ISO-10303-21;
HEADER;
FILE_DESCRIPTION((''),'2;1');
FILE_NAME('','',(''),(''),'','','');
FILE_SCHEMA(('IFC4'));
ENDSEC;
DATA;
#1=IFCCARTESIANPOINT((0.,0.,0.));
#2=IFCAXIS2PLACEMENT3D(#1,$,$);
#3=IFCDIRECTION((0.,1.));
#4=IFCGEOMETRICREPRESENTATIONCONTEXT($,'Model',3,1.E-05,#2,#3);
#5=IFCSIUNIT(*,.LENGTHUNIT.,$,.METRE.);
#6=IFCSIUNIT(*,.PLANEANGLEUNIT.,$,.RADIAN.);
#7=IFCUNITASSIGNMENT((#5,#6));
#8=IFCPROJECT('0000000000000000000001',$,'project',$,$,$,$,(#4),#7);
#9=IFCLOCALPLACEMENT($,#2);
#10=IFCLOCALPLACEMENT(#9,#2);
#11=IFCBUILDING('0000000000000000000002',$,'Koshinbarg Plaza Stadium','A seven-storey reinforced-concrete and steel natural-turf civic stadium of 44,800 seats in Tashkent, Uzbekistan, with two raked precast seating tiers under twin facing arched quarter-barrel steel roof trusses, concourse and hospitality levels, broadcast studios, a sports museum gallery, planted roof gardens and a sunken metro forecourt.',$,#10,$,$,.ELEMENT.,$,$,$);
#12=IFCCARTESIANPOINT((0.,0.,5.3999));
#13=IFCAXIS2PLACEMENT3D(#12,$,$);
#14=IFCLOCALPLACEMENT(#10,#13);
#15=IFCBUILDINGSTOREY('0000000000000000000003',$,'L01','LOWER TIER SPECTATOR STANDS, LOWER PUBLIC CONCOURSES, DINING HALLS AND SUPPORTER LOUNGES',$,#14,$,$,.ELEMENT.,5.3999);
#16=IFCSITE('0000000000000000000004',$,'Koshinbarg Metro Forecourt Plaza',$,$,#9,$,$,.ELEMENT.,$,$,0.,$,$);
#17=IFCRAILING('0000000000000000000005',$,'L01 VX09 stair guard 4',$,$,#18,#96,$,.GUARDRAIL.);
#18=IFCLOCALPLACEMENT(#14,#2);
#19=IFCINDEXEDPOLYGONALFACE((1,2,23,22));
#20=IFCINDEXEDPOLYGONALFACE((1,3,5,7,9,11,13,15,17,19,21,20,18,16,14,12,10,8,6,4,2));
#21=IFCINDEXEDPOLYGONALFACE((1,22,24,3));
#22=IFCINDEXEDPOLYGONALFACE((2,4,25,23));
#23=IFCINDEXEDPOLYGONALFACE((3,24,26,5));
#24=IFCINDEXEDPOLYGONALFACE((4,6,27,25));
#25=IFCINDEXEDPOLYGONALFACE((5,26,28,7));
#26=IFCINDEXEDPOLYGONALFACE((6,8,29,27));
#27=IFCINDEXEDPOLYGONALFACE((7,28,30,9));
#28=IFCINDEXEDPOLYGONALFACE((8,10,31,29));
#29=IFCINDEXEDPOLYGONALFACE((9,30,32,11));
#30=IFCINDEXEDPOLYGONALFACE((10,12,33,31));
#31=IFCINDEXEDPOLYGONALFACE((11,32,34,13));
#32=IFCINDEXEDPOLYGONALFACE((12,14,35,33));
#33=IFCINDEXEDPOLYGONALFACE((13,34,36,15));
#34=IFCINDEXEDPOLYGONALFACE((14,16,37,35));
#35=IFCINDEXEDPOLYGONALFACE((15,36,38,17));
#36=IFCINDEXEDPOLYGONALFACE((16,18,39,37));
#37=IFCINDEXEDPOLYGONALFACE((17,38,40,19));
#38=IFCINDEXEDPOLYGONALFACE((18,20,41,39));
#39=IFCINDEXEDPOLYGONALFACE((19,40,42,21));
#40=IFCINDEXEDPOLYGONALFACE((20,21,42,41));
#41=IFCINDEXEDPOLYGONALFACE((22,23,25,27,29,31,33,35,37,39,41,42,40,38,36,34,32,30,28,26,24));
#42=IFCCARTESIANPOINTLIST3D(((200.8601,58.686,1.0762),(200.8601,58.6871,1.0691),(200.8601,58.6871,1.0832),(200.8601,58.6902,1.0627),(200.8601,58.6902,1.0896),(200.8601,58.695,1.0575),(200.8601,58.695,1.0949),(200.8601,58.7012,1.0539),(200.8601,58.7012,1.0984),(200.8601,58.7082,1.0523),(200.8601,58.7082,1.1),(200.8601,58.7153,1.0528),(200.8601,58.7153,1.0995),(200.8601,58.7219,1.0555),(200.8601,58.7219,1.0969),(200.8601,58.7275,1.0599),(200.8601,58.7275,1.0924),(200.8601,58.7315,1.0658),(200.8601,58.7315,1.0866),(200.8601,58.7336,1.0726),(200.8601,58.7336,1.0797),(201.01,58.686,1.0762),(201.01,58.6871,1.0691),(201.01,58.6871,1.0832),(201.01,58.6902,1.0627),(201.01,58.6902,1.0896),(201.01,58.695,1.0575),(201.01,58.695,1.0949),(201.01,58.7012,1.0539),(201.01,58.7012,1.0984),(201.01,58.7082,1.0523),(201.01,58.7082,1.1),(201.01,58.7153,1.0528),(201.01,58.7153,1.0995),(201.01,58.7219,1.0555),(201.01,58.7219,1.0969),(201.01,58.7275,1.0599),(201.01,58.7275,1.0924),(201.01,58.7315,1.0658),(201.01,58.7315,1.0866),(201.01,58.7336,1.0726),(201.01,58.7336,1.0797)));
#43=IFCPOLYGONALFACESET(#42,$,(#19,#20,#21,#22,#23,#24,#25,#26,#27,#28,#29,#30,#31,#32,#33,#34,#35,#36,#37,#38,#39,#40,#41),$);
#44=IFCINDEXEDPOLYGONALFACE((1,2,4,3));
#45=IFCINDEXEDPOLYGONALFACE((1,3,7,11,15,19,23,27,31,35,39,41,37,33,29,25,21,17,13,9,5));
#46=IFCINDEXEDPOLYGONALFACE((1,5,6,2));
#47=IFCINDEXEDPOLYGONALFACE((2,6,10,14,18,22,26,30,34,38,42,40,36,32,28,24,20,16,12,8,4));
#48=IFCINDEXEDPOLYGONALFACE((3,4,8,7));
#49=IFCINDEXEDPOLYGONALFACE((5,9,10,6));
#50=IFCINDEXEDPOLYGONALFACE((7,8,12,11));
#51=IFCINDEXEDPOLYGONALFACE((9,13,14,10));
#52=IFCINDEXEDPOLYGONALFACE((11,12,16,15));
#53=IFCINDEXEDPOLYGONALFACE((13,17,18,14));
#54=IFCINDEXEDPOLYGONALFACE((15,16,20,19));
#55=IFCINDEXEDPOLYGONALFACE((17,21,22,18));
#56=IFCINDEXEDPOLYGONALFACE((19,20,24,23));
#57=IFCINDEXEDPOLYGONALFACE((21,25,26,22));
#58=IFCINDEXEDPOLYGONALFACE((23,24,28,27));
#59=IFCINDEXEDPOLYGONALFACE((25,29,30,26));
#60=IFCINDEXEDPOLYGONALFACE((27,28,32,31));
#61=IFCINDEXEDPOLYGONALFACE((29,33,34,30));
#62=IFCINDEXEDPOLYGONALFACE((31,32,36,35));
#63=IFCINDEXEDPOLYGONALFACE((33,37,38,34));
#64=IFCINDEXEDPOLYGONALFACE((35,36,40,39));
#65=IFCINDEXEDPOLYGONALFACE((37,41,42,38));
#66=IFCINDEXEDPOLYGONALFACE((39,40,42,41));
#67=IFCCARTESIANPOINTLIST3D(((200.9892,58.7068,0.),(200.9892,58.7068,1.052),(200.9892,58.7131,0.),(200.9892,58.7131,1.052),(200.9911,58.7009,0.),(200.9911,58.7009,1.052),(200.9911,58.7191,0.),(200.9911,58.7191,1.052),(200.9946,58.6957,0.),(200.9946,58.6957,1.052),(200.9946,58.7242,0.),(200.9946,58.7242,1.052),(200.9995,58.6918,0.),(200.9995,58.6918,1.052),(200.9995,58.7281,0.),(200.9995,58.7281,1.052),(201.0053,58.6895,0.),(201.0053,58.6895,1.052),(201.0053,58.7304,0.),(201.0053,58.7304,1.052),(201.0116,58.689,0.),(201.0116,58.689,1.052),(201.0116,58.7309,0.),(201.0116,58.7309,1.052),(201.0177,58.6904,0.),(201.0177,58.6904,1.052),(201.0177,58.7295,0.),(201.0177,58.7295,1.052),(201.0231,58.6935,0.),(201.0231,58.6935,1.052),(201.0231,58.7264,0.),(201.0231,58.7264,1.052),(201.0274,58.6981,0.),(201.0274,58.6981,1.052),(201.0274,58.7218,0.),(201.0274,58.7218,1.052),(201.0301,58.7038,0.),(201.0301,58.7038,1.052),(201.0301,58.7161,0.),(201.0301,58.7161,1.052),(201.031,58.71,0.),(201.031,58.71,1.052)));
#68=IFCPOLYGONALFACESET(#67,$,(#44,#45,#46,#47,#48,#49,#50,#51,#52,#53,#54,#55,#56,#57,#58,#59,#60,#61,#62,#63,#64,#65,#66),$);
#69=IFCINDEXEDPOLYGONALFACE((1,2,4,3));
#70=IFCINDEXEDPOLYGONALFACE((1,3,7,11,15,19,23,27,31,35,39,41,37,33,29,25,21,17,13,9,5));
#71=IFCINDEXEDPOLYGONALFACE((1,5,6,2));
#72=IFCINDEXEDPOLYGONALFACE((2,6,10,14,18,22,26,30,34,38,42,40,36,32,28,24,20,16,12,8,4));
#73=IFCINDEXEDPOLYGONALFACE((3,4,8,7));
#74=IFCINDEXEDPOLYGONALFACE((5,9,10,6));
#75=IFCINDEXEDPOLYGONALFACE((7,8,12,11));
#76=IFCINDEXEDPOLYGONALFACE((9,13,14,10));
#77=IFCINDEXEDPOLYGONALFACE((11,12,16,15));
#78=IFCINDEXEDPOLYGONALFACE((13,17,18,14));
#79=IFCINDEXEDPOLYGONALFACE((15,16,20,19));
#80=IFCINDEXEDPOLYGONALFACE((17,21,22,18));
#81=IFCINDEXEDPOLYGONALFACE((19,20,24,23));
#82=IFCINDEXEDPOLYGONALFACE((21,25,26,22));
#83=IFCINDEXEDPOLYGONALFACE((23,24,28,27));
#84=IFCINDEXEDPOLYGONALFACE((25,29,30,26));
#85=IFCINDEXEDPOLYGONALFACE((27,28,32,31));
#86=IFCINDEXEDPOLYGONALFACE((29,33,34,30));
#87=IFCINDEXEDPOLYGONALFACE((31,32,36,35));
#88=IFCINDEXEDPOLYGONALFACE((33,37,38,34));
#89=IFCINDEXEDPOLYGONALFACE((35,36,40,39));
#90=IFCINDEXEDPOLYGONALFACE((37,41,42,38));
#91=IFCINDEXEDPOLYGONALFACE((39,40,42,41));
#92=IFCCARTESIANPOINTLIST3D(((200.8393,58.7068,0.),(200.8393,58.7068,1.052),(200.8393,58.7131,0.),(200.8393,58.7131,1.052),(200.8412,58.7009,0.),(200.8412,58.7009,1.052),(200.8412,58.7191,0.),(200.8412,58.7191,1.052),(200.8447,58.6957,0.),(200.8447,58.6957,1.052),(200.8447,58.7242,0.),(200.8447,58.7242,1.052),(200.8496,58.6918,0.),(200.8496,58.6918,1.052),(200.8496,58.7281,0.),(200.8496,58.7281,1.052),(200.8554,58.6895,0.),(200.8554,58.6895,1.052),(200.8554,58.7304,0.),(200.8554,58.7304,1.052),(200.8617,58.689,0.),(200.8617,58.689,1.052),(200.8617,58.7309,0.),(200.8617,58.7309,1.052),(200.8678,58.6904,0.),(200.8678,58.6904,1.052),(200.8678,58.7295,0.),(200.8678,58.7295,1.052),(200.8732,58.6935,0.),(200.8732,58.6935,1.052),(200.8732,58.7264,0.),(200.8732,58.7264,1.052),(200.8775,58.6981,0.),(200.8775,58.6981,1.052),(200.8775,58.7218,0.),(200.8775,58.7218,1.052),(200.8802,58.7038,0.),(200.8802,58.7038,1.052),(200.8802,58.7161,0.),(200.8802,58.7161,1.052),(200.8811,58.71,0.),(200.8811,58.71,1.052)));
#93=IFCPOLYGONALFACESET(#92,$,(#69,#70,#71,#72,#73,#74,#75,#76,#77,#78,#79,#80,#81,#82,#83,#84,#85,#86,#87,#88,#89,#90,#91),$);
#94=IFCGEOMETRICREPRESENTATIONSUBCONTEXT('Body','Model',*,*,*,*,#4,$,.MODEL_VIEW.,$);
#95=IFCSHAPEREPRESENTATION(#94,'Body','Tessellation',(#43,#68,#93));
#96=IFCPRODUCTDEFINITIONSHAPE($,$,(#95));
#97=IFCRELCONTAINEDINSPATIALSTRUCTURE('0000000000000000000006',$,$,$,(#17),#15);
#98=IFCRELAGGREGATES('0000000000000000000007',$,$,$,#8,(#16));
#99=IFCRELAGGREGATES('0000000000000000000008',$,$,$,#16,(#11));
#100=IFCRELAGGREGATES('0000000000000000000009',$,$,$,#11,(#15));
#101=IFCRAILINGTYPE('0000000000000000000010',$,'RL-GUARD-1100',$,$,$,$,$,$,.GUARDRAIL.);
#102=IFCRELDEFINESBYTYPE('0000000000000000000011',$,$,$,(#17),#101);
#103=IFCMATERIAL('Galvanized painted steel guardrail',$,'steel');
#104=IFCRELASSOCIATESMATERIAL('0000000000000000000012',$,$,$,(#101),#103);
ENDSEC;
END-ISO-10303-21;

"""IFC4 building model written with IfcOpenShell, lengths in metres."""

from ifc_helpers import new_model, si_unit, direction, frame, origin, origin_2d, place, context, subcontext, project, spatial, circle, extrude, material, type_object, element, save


model = new_model("IFC4")

# Units and contexts
model_context = context("Model", 3, precision=1e-05, world=origin(), true_north=direction((0.0, 1.0)))
body_context = subcontext(model_context, "Body", "Model", "MODEL_VIEW")
ifc_project = project(units=[si_unit("LENGTHUNIT", "METRE"), si_unit("PLANEANGLEUNIT", "RADIAN")], contexts=[model_context])

# Site, building, storey
site_placement = place(None, origin())
site = spatial("IfcSite", under=ifc_project, at=site_placement, Name="Koshinbarg Metro Forecourt Plaza", CompositionType="ELEMENT", RefElevation=0.0)
building_placement = place(site_placement, origin())
building = spatial("IfcBuilding", under=site, at=building_placement, Name="Koshinbarg Plaza Stadium", Description="A seven-storey reinforced-concrete and steel natural-turf civic stadium of 44,800 seats in Tashkent, Uzbekistan, with two raked precast seating tiers under twin facing arched quarter-barrel steel roof trusses, concourse and hospitality levels, broadcast studios, a sports museum gallery, planted roof gardens and a sunken metro forecourt.", CompositionType="ELEMENT")
storey_placement = place(building_placement, frame((0.0, 0.0, 5.3999)))
storey = spatial("IfcBuildingStorey", under=building, at=storey_placement, Name="L01", Description="LOWER TIER SPECTATOR STANDS, LOWER PUBLIC CONCOURSES, DINING HALLS AND SUPPORTER LOUNGES", CompositionType="ELEMENT", Elevation=5.3999)

# Railing
ifc_material_1 = material(Name="Galvanized painted steel guardrail", Category="steel")
railing_type_1 = type_object("IfcRailingType", Name="RL-GUARD-1100", PredefinedType="GUARDRAIL", material=ifc_material_1)
railing_1_placement = place(storey_placement, frame((201.01, 58.71, 0.0)))
element("IfcRailing", 1, at=railing_1_placement, inside=storey, type_object=railing_type_1, Name="L01 VX09 stair guard 4", PredefinedType="GUARDRAIL", context=body_context, shape_type="SweptSolid", body=[
    extrude(circle(Radius=0.0239, at=origin_2d()), frame((0.0, 0.0, 1.0762), z_axis=(-1.0, 0.0, 0.0), x_axis=(0.0, -1.0, 0.0)), (0.0, 0.0, 1.0), 0.1499),
    extrude(circle(Radius=0.021, at=origin_2d()), origin(), (0.0, 0.0, 1.0), 1.052),
    extrude(circle(Radius=0.021, at=origin_2d()), frame((-0.1499, 0.0, 0.0)), (0.0, 0.0, 1.0), 1.052),
])

save(model, "model.ifc")
